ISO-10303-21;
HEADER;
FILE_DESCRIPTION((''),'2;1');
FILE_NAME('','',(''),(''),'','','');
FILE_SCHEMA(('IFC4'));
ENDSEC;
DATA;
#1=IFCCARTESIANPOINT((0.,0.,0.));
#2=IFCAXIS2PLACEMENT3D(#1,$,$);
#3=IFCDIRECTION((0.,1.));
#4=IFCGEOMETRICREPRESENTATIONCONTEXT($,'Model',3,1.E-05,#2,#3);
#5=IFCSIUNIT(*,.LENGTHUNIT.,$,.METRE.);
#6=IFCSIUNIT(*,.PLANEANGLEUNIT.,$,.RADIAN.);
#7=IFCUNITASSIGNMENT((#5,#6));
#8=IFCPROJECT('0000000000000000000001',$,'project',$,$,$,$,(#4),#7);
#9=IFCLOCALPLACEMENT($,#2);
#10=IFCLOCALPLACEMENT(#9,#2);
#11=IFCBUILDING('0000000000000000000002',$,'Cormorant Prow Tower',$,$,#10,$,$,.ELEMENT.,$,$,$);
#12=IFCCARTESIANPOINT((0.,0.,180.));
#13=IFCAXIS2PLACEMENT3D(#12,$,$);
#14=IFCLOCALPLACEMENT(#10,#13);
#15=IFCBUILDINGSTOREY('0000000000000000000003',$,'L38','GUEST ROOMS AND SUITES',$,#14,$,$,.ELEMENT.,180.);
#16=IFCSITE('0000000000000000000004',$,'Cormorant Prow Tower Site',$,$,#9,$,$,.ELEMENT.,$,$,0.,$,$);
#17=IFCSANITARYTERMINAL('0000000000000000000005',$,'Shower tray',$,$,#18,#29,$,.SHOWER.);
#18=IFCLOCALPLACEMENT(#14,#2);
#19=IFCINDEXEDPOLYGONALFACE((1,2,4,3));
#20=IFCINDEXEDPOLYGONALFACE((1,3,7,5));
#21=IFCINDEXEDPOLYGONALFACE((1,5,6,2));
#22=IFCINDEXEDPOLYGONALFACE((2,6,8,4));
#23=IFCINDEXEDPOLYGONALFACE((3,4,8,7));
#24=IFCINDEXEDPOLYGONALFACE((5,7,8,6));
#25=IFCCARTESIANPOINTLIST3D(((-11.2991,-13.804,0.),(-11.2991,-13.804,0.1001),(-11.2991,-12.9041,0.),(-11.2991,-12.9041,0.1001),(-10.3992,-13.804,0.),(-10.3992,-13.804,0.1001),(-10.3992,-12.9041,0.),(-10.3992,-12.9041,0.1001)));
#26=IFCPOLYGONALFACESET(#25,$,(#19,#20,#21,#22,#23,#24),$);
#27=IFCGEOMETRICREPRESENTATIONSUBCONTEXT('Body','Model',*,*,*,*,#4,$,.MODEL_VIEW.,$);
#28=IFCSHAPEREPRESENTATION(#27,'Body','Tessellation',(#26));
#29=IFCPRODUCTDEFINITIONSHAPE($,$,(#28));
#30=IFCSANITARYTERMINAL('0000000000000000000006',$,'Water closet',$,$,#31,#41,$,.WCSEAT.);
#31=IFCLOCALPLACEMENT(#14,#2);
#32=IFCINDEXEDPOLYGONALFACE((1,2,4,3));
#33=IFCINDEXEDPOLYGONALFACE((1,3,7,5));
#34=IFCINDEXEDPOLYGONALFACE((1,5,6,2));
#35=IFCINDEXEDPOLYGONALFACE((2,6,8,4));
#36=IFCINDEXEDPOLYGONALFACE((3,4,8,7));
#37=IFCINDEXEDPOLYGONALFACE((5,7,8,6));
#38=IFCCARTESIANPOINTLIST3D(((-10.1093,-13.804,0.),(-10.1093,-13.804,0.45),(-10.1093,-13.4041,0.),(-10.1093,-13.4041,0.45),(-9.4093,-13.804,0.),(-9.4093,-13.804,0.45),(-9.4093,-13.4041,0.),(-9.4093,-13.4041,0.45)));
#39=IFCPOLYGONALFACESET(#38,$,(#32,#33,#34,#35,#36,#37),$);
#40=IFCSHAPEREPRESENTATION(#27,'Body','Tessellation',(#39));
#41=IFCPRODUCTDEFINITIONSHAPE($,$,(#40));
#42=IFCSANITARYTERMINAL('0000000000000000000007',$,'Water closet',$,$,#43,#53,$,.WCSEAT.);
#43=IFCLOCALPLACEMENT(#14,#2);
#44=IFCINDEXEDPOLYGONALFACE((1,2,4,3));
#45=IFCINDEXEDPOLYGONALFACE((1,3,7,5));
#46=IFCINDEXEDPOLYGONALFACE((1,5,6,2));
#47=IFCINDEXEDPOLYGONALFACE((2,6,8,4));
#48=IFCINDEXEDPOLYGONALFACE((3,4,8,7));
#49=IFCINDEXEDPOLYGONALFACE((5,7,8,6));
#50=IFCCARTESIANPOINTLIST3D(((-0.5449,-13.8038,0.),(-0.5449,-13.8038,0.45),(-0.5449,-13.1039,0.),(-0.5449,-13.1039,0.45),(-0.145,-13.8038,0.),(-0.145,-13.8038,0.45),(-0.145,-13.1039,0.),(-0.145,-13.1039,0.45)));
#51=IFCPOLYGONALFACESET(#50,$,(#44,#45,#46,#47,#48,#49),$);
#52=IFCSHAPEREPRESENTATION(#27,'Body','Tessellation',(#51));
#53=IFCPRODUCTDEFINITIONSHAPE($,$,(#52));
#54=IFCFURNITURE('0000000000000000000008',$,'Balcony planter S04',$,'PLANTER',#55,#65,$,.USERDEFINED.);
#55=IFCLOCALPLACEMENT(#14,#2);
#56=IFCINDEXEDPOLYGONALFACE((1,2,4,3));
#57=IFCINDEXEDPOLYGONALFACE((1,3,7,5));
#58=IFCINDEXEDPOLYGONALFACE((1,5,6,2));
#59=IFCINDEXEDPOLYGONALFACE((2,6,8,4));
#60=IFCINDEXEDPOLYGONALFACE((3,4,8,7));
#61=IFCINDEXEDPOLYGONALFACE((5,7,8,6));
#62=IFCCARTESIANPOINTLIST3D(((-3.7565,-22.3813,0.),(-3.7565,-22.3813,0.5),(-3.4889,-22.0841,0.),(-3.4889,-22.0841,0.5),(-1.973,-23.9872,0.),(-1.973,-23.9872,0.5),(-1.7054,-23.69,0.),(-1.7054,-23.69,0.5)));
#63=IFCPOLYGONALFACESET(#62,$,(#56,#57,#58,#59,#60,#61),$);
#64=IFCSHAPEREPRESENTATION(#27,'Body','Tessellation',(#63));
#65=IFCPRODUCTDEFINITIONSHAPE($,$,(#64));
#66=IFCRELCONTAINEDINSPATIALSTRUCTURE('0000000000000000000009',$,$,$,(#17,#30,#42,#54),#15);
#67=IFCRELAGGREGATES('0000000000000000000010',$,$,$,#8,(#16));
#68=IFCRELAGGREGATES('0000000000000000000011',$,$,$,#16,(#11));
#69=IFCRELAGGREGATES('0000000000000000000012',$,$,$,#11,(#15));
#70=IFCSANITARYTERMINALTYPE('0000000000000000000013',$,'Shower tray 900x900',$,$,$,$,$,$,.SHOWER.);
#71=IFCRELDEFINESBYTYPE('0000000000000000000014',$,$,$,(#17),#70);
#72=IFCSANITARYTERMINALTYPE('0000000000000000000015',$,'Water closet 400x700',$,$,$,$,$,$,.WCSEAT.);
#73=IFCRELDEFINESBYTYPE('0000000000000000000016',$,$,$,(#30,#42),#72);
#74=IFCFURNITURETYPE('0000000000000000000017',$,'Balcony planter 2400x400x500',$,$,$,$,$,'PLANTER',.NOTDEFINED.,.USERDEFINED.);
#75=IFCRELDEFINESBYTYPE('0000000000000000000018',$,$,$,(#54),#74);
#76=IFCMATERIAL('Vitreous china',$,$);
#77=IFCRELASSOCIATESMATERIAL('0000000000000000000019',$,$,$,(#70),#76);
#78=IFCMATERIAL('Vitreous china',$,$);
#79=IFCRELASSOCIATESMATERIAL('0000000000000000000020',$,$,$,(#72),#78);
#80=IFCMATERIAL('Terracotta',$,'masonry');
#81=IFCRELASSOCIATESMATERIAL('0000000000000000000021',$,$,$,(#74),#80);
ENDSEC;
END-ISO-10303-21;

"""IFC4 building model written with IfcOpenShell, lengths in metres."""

from ifc_helpers import new_model, si_unit, direction, frame, origin, origin_2d, place, context, subcontext, project, spatial, rectangle, extrude, material, type_object, element, save


model = new_model("IFC4")

# Units and contexts
model_context = context("Model", 3, precision=1e-05, world=origin(), true_north=direction((0.0, 1.0)))
body_context = subcontext(model_context, "Body", "Model", "MODEL_VIEW")
ifc_project = project(units=[si_unit("LENGTHUNIT", "METRE"), si_unit("PLANEANGLEUNIT", "RADIAN")], contexts=[model_context])

# Site, building, storey
site_placement = place(None, origin())
site = spatial("IfcSite", under=ifc_project, at=site_placement, Name="Cormorant Prow Tower Site", CompositionType="ELEMENT", RefElevation=0.0)
building_placement = place(site_placement, origin())
building = spatial("IfcBuilding", under=site, at=building_placement, Name="Cormorant Prow Tower", CompositionType="ELEMENT")
storey_placement = place(building_placement, frame((0.0, 0.0, 180.0)))
storey = spatial("IfcBuildingStorey", under=building, at=storey_placement, Name="L38", Description="GUEST ROOMS AND SUITES", CompositionType="ELEMENT", Elevation=180.0)

# Sanitary terminals
ifc_material_1 = material(Name="Vitreous china")
sanitary_terminal_type_1 = type_object("IfcSanitaryTerminalType", Name="Shower tray 900x900", PredefinedType="SHOWER", material=ifc_material_1)
sanitary_terminal_placement = place(storey_placement, frame((-10.8491, -13.354, 0.0), z_axis=(0.0, 0.0, 1.0), x_axis=(-1.0, 0.0, 0.0)))
element("IfcSanitaryTerminal", 1, at=sanitary_terminal_placement, inside=storey, type_object=sanitary_terminal_type_1, Name="Shower tray", PredefinedType="SHOWER", context=body_context, shape_type="SweptSolid", body=[
    extrude(rectangle(XDim=0.8999, YDim=0.8999, at=origin_2d()), origin(), (0.0, 0.0, 1.0), 0.1001),
])
ifc_material_2 = material(Name="Vitreous china")
sanitary_terminal_type_2 = type_object("IfcSanitaryTerminalType", Name="Water closet 400x700", PredefinedType="WCSEAT", material=ifc_material_2)
for number, where, z_axis, x_axis, name in (
    (2, (-9.7593, -13.604, 0.0), (0.0, 0.0, 1.0), (0.0, 1.0, 0.0), "Water closet"),
    (3, (-0.345, -13.4539, 0.0), (0.0, 0.0, 1.0), (-1.0, 0.0, 0.0), "Water closet"),
):
    element("IfcSanitaryTerminal", number, at=place(storey_placement, frame(where, z_axis=z_axis, x_axis=x_axis)), inside=storey, type_object=sanitary_terminal_type_2, Name=name, PredefinedType="WCSEAT", context=body_context, shape_type="SweptSolid", body=[
        extrude(rectangle(XDim=0.3999, YDim=0.7, at=origin_2d()), origin(), (0.0, 0.0, 1.0), 0.45),
    ])

# Furniture
ifc_material_3 = material(Name="Terracotta", Category="masonry")
furniture_type = type_object("IfcFurnitureType", Name="Balcony planter 2400x400x500", ElementType="PLANTER", AssemblyPlace="NOTDEFINED", PredefinedType="USERDEFINED", material=ifc_material_3)
furniture_placement = place(storey_placement, frame((-2.731, -23.0356, 0.0), z_axis=(0.0, 0.0, 1.0), x_axis=(0.743145, -0.669131, 0.0)))
element("IfcFurniture", 4, at=furniture_placement, inside=storey, type_object=furniture_type, Name="Balcony planter S04", ObjectType="PLANTER", PredefinedType="USERDEFINED", context=body_context, shape_type="SweptSolid", body=[
    extrude(rectangle(XDim=2.3999, YDim=0.3999, at=origin_2d()), origin(), (0.0, 0.0, 1.0), 0.5),
])

save(model, "model.ifc")
